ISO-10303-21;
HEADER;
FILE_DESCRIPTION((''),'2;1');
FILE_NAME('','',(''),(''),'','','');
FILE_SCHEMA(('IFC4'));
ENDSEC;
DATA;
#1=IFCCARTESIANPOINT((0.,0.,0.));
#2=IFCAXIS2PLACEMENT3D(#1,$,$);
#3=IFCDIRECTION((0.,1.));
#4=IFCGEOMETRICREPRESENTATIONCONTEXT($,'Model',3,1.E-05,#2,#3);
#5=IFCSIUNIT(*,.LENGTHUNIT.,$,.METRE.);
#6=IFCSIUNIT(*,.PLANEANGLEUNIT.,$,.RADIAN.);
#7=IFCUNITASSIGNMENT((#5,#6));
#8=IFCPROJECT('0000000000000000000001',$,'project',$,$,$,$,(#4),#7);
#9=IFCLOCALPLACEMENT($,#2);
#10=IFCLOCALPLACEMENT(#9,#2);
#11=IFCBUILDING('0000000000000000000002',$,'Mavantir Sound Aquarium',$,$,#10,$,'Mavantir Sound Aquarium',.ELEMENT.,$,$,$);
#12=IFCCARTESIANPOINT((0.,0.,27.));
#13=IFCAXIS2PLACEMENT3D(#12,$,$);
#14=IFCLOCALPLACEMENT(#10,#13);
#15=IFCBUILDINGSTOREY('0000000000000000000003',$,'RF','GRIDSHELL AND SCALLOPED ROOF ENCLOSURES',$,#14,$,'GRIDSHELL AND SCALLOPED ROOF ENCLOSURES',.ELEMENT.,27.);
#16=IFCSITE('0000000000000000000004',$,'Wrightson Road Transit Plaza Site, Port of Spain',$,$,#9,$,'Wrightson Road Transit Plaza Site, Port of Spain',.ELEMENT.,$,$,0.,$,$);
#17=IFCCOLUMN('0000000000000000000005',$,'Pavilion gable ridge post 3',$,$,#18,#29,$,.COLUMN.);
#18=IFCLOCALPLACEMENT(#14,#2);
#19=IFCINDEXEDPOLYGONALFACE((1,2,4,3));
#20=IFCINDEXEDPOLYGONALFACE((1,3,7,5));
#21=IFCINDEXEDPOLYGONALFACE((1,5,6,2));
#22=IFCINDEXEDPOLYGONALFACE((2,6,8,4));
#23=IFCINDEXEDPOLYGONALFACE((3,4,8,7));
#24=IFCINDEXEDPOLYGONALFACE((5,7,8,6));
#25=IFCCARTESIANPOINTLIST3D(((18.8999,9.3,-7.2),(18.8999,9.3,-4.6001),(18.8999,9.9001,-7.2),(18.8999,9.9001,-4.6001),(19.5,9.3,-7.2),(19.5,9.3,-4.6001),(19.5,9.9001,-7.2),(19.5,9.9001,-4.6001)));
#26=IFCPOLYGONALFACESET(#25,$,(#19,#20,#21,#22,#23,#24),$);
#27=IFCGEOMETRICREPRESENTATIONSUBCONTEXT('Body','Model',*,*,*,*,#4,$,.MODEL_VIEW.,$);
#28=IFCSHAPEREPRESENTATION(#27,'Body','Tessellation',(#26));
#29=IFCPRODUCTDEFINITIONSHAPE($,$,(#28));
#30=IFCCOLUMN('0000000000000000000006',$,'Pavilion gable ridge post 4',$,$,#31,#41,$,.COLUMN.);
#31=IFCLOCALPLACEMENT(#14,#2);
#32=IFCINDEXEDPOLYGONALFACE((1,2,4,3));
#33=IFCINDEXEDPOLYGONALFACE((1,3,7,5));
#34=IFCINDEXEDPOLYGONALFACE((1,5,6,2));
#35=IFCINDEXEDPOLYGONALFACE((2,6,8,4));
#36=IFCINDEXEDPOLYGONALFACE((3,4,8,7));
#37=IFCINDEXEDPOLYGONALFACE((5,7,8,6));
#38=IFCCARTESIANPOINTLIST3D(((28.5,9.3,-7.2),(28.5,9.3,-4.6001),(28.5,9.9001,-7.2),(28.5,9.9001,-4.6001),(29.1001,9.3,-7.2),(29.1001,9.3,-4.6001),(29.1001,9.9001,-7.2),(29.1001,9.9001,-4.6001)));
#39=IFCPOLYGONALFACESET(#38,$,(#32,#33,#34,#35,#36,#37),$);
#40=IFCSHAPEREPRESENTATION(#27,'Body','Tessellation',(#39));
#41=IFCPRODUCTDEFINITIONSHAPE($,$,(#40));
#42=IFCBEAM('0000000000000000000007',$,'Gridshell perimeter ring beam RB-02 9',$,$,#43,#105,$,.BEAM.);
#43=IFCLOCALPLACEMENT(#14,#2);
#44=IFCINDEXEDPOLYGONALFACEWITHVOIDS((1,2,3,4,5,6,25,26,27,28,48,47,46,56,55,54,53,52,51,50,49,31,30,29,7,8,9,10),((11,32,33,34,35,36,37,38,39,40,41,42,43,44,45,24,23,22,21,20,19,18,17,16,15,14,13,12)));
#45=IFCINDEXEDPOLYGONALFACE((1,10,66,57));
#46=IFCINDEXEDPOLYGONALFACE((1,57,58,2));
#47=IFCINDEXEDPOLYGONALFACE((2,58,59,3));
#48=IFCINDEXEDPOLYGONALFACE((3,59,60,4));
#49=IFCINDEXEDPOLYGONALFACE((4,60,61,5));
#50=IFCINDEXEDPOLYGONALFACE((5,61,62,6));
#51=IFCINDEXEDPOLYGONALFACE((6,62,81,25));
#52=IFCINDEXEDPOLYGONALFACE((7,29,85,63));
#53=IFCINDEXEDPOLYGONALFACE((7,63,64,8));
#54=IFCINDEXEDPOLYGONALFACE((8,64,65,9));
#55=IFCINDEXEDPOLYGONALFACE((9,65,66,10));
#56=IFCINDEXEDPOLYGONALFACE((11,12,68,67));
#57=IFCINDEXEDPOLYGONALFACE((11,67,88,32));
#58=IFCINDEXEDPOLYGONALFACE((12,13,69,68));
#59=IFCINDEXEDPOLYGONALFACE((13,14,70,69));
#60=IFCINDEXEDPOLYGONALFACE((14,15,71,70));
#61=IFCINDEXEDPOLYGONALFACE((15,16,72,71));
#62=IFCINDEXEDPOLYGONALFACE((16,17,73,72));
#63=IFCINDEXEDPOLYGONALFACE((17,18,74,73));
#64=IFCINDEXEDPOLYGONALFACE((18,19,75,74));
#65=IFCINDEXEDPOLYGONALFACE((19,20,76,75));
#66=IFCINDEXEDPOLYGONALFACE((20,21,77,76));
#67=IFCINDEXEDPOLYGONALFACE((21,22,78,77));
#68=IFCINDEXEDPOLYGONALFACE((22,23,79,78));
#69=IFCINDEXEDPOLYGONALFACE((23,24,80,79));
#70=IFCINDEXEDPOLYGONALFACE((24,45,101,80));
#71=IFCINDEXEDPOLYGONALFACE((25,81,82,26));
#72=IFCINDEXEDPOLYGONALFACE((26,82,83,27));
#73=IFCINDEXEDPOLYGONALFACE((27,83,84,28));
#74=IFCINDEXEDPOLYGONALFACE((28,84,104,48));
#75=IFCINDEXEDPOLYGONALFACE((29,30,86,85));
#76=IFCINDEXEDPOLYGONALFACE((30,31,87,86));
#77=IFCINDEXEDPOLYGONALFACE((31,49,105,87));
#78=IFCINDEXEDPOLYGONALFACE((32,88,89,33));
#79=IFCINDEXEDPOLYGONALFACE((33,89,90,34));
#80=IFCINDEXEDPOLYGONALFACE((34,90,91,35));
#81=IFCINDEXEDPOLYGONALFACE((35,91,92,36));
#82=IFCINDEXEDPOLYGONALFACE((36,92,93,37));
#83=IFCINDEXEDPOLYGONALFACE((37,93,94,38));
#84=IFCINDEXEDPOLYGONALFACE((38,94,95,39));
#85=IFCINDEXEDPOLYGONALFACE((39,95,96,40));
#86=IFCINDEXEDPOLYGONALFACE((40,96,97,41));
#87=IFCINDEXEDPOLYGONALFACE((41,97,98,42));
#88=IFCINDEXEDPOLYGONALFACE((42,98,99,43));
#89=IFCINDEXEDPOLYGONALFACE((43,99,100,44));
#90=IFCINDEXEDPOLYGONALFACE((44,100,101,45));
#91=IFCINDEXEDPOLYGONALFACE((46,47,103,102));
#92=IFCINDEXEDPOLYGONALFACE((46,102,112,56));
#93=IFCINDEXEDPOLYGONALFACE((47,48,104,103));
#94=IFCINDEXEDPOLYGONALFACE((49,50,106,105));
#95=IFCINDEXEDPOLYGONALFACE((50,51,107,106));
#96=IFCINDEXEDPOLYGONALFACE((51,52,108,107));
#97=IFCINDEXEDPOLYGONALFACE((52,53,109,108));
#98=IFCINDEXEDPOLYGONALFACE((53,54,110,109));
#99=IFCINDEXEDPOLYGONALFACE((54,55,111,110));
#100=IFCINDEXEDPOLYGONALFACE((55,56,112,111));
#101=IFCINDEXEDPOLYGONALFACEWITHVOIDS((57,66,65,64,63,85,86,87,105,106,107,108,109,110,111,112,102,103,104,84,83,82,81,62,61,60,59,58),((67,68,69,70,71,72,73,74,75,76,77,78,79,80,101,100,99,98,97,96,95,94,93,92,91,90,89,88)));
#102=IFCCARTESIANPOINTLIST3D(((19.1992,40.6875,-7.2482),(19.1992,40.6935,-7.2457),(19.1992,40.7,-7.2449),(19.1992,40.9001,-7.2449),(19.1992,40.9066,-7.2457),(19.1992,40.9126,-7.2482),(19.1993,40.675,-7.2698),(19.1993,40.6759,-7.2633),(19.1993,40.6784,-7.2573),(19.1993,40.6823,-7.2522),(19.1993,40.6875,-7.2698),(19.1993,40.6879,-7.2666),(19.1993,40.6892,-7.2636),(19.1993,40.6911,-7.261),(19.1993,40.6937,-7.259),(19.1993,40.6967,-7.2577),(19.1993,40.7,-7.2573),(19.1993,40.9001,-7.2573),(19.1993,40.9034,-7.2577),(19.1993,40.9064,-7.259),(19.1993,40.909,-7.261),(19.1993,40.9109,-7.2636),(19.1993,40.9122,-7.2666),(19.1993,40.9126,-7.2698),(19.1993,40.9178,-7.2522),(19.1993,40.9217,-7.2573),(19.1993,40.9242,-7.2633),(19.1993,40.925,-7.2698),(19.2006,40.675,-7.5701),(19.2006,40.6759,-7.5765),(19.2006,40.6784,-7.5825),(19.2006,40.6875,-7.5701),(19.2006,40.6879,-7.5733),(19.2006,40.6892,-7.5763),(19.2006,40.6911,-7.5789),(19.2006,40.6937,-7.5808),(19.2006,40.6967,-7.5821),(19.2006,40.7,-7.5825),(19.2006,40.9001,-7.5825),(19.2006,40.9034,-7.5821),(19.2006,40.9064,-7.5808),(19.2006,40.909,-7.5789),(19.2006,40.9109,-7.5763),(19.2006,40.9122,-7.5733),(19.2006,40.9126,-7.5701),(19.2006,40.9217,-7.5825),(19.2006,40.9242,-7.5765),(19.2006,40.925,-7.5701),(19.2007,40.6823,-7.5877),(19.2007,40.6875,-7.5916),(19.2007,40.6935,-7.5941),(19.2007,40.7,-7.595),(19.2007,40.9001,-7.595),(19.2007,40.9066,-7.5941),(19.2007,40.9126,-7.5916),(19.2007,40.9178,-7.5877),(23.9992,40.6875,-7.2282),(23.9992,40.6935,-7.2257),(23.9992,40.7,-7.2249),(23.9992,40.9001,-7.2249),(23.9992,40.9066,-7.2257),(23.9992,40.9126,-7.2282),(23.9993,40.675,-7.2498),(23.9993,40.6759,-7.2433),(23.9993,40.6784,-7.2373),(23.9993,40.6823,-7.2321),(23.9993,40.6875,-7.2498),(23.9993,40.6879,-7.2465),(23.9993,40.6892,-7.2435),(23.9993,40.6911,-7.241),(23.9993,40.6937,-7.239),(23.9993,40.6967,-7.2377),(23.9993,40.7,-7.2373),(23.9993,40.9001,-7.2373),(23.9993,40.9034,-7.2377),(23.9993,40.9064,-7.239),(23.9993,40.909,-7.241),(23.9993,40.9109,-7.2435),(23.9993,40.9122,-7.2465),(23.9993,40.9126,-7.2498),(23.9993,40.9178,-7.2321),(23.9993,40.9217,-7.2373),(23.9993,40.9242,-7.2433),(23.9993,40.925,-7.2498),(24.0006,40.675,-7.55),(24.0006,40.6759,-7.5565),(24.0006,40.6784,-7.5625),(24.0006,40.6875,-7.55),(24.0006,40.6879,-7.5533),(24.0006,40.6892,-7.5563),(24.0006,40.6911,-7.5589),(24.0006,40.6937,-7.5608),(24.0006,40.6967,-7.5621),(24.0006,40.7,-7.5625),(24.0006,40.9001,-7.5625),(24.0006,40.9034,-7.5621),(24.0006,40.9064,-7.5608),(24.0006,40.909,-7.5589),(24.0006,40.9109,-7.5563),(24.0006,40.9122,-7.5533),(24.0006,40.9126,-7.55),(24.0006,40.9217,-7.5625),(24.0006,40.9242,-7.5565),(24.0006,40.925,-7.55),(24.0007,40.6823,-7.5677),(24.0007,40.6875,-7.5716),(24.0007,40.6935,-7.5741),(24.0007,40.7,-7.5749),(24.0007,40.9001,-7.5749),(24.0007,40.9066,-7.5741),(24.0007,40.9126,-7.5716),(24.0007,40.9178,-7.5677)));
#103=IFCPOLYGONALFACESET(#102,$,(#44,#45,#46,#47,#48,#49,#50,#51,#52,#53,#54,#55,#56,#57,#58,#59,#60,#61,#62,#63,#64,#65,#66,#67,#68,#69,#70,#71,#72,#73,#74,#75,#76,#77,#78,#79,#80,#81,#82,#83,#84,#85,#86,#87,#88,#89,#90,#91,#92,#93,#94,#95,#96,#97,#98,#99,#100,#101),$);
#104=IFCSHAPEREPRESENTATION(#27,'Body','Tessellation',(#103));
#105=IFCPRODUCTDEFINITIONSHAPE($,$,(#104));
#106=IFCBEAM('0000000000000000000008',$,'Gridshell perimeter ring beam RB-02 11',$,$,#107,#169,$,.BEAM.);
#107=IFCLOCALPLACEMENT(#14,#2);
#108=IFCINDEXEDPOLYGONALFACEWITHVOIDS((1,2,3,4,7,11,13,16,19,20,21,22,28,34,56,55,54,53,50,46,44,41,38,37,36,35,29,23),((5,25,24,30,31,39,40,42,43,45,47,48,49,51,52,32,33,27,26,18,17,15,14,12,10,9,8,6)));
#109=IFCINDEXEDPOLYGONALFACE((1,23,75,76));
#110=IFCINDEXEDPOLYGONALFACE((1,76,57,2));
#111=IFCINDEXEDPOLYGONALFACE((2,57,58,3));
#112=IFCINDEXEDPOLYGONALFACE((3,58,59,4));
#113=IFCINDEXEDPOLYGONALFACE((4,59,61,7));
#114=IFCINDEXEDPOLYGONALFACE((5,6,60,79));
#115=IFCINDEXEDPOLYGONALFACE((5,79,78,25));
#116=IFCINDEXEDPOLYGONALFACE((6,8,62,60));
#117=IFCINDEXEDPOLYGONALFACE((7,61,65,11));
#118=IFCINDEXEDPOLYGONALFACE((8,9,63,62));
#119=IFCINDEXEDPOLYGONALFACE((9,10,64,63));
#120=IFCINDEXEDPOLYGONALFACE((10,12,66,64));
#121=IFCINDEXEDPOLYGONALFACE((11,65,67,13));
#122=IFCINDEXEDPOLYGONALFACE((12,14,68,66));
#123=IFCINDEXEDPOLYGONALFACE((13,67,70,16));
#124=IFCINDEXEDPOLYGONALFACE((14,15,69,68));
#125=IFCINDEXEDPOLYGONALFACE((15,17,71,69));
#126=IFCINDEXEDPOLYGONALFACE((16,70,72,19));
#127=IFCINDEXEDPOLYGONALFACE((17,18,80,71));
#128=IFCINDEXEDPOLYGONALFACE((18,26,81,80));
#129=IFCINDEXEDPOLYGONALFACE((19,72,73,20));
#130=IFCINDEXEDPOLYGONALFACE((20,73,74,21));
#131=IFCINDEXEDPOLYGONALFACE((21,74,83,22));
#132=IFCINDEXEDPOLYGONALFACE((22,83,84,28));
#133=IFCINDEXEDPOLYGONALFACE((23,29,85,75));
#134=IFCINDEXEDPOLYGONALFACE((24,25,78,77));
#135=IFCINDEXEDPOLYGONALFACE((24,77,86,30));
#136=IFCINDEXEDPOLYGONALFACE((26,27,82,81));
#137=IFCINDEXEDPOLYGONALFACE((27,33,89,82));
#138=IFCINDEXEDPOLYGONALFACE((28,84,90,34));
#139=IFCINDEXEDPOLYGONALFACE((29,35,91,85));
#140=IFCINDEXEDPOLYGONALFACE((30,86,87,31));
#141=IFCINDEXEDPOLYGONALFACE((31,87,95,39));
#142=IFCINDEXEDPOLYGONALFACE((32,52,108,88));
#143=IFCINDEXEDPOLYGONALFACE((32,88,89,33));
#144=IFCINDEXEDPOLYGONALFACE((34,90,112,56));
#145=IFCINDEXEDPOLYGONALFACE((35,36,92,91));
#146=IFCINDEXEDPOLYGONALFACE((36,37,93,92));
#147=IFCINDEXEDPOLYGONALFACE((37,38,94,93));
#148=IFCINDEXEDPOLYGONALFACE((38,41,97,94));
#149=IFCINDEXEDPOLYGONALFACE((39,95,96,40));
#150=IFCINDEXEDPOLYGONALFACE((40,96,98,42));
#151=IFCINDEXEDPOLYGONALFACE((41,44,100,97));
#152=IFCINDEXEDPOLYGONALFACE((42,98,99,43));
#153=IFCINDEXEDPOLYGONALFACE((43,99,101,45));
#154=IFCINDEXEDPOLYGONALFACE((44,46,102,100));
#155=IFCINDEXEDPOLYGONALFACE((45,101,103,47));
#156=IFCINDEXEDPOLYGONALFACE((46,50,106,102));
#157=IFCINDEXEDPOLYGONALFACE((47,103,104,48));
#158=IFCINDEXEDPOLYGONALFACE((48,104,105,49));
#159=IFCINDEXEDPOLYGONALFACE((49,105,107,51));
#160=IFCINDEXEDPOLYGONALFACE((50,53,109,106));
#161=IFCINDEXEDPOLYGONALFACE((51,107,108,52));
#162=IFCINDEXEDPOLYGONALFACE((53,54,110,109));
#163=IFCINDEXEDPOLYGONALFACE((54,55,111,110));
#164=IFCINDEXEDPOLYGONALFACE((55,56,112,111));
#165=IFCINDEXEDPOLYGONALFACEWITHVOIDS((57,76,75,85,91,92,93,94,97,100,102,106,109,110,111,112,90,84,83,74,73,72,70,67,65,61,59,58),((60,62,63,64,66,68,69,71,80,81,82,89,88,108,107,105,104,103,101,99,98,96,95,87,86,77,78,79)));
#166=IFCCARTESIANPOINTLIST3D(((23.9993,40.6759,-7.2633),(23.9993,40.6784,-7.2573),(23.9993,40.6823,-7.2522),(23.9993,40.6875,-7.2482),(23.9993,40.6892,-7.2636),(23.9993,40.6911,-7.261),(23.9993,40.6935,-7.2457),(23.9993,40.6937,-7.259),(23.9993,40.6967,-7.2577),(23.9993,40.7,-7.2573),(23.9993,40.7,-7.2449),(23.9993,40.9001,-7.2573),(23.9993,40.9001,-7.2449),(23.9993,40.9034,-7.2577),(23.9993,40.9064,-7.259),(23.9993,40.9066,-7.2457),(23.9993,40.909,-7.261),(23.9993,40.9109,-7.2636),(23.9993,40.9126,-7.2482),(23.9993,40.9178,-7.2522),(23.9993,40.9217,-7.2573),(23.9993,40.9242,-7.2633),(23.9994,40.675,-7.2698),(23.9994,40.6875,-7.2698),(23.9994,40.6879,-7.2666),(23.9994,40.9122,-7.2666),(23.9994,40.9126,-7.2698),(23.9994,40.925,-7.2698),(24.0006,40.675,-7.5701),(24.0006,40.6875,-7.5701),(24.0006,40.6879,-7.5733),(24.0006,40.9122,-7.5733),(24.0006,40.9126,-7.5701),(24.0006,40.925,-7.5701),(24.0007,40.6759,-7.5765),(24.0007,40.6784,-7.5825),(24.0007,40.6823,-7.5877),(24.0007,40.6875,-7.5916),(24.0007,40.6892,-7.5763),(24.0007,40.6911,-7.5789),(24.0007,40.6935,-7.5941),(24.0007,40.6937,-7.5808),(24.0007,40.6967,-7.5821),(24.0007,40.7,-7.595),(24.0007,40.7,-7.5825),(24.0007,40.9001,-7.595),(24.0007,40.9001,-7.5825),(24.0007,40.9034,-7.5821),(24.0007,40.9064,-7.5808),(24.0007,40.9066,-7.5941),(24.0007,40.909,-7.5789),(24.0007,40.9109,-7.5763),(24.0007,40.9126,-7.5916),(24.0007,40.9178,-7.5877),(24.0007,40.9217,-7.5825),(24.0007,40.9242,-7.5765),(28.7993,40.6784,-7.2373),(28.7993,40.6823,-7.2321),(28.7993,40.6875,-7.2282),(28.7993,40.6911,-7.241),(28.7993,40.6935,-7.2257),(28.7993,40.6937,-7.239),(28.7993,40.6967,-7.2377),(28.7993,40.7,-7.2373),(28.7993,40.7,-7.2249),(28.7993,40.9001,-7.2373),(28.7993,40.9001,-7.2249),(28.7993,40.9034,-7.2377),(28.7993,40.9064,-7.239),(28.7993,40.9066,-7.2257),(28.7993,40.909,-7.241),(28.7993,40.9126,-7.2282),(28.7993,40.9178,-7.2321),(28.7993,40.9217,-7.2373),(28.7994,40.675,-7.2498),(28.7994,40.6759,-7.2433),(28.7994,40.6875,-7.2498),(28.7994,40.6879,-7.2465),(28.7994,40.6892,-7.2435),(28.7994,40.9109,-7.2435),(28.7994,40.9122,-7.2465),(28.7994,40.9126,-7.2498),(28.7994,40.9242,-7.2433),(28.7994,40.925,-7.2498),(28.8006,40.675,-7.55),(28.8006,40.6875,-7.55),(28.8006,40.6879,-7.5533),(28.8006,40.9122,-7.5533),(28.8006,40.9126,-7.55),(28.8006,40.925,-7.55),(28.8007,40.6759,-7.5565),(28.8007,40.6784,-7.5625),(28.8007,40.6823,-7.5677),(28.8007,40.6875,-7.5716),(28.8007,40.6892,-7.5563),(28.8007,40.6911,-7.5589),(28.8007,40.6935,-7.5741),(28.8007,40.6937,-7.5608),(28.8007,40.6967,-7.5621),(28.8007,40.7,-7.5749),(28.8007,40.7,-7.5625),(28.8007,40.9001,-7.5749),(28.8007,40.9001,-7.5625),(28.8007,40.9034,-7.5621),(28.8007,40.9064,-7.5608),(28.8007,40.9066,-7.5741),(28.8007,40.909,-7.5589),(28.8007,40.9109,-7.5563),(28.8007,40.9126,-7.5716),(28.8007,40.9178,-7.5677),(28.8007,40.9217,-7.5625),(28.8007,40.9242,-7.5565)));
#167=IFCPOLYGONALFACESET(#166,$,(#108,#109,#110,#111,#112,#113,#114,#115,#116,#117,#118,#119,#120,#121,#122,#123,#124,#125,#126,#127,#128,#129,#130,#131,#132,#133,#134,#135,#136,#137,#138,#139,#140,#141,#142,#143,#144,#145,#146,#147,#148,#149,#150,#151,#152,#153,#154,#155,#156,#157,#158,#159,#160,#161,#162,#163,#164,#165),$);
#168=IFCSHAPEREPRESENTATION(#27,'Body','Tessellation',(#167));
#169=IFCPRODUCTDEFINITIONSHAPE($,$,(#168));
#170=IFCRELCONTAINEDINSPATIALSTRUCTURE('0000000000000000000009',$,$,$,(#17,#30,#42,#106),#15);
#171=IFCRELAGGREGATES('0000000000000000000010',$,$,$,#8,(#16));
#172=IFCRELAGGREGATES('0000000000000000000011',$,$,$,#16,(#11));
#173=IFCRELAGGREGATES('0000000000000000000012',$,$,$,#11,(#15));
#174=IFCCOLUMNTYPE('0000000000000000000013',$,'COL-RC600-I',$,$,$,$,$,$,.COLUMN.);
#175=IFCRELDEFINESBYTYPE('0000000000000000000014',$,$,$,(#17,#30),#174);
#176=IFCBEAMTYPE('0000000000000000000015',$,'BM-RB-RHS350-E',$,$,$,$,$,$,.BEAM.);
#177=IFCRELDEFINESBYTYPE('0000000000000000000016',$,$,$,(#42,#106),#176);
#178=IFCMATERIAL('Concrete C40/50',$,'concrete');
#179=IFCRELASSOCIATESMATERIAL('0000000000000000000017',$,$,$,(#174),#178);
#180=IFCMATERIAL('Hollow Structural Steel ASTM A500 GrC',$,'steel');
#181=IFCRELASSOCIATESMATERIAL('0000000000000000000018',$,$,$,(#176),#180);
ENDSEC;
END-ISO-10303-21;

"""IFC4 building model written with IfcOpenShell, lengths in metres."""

from ifc_helpers import new_model, si_unit, direction, frame, origin, origin_2d, place, context, subcontext, project, spatial, rectangle, hollow_rectangle, extrude, material, material_profile, profile_set, type_object, element, save


model = new_model("IFC4")

# Units and contexts
model_context = context("Model", 3, precision=1e-05, world=origin(), true_north=direction((0.0, 1.0)))
body_context = subcontext(model_context, "Body", "Model", "MODEL_VIEW")
ifc_project = project(units=[si_unit("LENGTHUNIT", "METRE"), si_unit("PLANEANGLEUNIT", "RADIAN")], contexts=[model_context])

# Site, building, storey
site_placement = place(None, origin())
site = spatial("IfcSite", under=ifc_project, at=site_placement, Name="Wrightson Road Transit Plaza Site, Port of Spain", LongName="Wrightson Road Transit Plaza Site, Port of Spain", CompositionType="ELEMENT", RefElevation=0.0)
building_placement = place(site_placement, origin())
building = spatial("IfcBuilding", under=site, at=building_placement, Name="Mavantir Sound Aquarium", LongName="Mavantir Sound Aquarium", CompositionType="ELEMENT")
storey_placement = place(building_placement, frame((0.0, 0.0, 27.0)))
storey = spatial("IfcBuildingStorey", under=building, at=storey_placement, Name="RF", Description="GRIDSHELL AND SCALLOPED ROOF ENCLOSURES", LongName="GRIDSHELL AND SCALLOPED ROOF ENCLOSURES", CompositionType="ELEMENT", Elevation=27.0)

# Columns
ifc_material_1 = material(Name="Concrete C40/50", Category="concrete")
ifc_material_profile_1 = material_profile(ifc_material_1, rectangle(XDim=0.6001, YDim=0.6001, at=origin_2d()), Name="RC 600X600")
ifc_profile_set_1 = profile_set([ifc_material_profile_1], Name="Concrete C40/50")
column_type = type_object("IfcColumnType", Name="COL-RC600-I", PredefinedType="COLUMN", material=ifc_profile_set_1)
for number, where, z_axis, x_axis, name in (
    (1, (19.2, 9.6001, -7.2), (0.0, 0.0, 1.0), (1.0, 0.0, 0.0), "Pavilion gable ridge post 3"),
    (2, (28.8, 9.6001, -7.2), (0.0, 0.0, 1.0), (1.0, 0.0, 0.0), "Pavilion gable ridge post 4"),
):
    element("IfcColumn", number, at=place(storey_placement, frame(where, z_axis=z_axis, x_axis=x_axis)), inside=storey, type_object=column_type, Name=name, PredefinedType="COLUMN", context=body_context, shape_type="SweptSolid", body=[
        extrude(rectangle(XDim=0.6001, YDim=0.6001, at=origin_2d()), origin(), (0.0, 0.0, 1.0), 2.5999),
    ])

# Beams
ifc_material_2 = material(Name="Hollow Structural Steel ASTM A500 GrC", Category="steel")
ifc_material_profile_2 = material_profile(ifc_material_2, hollow_rectangle(XDim=0.25, YDim=0.3501, WallThickness=0.0125, InnerFilletRadius=0.0125, OuterFilletRadius=0.0249, at=origin_2d()), Name="RHS 350X250X12.5")
ifc_profile_set_2 = profile_set([ifc_material_profile_2], Name="Hollow Structural Steel ASTM A500 GrC")
beam_type_1 = type_object("IfcBeamType", Name="BM-RB-RHS350-E", PredefinedType="BEAM", material=ifc_profile_set_2)
for number, where, z_axis, x_axis, name in (
    (3, (19.2, 40.8, -7.4199), (0.999991, 0.0, 0.004171), (0.0, 1.0, 0.0), "Gridshell perimeter ring beam RB-02 9"),
    (4, (24.0, 40.8, -7.4199), (0.999991, 0.0, 0.004171), (0.0, 1.0, 0.0), "Gridshell perimeter ring beam RB-02 11"),
):
    element("IfcBeam", number, at=place(storey_placement, frame(where, z_axis=z_axis, x_axis=x_axis)), inside=storey, type_object=beam_type_1, Name=name, PredefinedType="BEAM", context=body_context, shape_type="SweptSolid", body=[
        extrude(hollow_rectangle(XDim=0.25, YDim=0.3501, WallThickness=0.0125, InnerFilletRadius=0.0125, OuterFilletRadius=0.0249, at=origin_2d()), origin(), (0.0, 0.0, 1.0), 4.8),
    ])

save(model, "model.ifc")
